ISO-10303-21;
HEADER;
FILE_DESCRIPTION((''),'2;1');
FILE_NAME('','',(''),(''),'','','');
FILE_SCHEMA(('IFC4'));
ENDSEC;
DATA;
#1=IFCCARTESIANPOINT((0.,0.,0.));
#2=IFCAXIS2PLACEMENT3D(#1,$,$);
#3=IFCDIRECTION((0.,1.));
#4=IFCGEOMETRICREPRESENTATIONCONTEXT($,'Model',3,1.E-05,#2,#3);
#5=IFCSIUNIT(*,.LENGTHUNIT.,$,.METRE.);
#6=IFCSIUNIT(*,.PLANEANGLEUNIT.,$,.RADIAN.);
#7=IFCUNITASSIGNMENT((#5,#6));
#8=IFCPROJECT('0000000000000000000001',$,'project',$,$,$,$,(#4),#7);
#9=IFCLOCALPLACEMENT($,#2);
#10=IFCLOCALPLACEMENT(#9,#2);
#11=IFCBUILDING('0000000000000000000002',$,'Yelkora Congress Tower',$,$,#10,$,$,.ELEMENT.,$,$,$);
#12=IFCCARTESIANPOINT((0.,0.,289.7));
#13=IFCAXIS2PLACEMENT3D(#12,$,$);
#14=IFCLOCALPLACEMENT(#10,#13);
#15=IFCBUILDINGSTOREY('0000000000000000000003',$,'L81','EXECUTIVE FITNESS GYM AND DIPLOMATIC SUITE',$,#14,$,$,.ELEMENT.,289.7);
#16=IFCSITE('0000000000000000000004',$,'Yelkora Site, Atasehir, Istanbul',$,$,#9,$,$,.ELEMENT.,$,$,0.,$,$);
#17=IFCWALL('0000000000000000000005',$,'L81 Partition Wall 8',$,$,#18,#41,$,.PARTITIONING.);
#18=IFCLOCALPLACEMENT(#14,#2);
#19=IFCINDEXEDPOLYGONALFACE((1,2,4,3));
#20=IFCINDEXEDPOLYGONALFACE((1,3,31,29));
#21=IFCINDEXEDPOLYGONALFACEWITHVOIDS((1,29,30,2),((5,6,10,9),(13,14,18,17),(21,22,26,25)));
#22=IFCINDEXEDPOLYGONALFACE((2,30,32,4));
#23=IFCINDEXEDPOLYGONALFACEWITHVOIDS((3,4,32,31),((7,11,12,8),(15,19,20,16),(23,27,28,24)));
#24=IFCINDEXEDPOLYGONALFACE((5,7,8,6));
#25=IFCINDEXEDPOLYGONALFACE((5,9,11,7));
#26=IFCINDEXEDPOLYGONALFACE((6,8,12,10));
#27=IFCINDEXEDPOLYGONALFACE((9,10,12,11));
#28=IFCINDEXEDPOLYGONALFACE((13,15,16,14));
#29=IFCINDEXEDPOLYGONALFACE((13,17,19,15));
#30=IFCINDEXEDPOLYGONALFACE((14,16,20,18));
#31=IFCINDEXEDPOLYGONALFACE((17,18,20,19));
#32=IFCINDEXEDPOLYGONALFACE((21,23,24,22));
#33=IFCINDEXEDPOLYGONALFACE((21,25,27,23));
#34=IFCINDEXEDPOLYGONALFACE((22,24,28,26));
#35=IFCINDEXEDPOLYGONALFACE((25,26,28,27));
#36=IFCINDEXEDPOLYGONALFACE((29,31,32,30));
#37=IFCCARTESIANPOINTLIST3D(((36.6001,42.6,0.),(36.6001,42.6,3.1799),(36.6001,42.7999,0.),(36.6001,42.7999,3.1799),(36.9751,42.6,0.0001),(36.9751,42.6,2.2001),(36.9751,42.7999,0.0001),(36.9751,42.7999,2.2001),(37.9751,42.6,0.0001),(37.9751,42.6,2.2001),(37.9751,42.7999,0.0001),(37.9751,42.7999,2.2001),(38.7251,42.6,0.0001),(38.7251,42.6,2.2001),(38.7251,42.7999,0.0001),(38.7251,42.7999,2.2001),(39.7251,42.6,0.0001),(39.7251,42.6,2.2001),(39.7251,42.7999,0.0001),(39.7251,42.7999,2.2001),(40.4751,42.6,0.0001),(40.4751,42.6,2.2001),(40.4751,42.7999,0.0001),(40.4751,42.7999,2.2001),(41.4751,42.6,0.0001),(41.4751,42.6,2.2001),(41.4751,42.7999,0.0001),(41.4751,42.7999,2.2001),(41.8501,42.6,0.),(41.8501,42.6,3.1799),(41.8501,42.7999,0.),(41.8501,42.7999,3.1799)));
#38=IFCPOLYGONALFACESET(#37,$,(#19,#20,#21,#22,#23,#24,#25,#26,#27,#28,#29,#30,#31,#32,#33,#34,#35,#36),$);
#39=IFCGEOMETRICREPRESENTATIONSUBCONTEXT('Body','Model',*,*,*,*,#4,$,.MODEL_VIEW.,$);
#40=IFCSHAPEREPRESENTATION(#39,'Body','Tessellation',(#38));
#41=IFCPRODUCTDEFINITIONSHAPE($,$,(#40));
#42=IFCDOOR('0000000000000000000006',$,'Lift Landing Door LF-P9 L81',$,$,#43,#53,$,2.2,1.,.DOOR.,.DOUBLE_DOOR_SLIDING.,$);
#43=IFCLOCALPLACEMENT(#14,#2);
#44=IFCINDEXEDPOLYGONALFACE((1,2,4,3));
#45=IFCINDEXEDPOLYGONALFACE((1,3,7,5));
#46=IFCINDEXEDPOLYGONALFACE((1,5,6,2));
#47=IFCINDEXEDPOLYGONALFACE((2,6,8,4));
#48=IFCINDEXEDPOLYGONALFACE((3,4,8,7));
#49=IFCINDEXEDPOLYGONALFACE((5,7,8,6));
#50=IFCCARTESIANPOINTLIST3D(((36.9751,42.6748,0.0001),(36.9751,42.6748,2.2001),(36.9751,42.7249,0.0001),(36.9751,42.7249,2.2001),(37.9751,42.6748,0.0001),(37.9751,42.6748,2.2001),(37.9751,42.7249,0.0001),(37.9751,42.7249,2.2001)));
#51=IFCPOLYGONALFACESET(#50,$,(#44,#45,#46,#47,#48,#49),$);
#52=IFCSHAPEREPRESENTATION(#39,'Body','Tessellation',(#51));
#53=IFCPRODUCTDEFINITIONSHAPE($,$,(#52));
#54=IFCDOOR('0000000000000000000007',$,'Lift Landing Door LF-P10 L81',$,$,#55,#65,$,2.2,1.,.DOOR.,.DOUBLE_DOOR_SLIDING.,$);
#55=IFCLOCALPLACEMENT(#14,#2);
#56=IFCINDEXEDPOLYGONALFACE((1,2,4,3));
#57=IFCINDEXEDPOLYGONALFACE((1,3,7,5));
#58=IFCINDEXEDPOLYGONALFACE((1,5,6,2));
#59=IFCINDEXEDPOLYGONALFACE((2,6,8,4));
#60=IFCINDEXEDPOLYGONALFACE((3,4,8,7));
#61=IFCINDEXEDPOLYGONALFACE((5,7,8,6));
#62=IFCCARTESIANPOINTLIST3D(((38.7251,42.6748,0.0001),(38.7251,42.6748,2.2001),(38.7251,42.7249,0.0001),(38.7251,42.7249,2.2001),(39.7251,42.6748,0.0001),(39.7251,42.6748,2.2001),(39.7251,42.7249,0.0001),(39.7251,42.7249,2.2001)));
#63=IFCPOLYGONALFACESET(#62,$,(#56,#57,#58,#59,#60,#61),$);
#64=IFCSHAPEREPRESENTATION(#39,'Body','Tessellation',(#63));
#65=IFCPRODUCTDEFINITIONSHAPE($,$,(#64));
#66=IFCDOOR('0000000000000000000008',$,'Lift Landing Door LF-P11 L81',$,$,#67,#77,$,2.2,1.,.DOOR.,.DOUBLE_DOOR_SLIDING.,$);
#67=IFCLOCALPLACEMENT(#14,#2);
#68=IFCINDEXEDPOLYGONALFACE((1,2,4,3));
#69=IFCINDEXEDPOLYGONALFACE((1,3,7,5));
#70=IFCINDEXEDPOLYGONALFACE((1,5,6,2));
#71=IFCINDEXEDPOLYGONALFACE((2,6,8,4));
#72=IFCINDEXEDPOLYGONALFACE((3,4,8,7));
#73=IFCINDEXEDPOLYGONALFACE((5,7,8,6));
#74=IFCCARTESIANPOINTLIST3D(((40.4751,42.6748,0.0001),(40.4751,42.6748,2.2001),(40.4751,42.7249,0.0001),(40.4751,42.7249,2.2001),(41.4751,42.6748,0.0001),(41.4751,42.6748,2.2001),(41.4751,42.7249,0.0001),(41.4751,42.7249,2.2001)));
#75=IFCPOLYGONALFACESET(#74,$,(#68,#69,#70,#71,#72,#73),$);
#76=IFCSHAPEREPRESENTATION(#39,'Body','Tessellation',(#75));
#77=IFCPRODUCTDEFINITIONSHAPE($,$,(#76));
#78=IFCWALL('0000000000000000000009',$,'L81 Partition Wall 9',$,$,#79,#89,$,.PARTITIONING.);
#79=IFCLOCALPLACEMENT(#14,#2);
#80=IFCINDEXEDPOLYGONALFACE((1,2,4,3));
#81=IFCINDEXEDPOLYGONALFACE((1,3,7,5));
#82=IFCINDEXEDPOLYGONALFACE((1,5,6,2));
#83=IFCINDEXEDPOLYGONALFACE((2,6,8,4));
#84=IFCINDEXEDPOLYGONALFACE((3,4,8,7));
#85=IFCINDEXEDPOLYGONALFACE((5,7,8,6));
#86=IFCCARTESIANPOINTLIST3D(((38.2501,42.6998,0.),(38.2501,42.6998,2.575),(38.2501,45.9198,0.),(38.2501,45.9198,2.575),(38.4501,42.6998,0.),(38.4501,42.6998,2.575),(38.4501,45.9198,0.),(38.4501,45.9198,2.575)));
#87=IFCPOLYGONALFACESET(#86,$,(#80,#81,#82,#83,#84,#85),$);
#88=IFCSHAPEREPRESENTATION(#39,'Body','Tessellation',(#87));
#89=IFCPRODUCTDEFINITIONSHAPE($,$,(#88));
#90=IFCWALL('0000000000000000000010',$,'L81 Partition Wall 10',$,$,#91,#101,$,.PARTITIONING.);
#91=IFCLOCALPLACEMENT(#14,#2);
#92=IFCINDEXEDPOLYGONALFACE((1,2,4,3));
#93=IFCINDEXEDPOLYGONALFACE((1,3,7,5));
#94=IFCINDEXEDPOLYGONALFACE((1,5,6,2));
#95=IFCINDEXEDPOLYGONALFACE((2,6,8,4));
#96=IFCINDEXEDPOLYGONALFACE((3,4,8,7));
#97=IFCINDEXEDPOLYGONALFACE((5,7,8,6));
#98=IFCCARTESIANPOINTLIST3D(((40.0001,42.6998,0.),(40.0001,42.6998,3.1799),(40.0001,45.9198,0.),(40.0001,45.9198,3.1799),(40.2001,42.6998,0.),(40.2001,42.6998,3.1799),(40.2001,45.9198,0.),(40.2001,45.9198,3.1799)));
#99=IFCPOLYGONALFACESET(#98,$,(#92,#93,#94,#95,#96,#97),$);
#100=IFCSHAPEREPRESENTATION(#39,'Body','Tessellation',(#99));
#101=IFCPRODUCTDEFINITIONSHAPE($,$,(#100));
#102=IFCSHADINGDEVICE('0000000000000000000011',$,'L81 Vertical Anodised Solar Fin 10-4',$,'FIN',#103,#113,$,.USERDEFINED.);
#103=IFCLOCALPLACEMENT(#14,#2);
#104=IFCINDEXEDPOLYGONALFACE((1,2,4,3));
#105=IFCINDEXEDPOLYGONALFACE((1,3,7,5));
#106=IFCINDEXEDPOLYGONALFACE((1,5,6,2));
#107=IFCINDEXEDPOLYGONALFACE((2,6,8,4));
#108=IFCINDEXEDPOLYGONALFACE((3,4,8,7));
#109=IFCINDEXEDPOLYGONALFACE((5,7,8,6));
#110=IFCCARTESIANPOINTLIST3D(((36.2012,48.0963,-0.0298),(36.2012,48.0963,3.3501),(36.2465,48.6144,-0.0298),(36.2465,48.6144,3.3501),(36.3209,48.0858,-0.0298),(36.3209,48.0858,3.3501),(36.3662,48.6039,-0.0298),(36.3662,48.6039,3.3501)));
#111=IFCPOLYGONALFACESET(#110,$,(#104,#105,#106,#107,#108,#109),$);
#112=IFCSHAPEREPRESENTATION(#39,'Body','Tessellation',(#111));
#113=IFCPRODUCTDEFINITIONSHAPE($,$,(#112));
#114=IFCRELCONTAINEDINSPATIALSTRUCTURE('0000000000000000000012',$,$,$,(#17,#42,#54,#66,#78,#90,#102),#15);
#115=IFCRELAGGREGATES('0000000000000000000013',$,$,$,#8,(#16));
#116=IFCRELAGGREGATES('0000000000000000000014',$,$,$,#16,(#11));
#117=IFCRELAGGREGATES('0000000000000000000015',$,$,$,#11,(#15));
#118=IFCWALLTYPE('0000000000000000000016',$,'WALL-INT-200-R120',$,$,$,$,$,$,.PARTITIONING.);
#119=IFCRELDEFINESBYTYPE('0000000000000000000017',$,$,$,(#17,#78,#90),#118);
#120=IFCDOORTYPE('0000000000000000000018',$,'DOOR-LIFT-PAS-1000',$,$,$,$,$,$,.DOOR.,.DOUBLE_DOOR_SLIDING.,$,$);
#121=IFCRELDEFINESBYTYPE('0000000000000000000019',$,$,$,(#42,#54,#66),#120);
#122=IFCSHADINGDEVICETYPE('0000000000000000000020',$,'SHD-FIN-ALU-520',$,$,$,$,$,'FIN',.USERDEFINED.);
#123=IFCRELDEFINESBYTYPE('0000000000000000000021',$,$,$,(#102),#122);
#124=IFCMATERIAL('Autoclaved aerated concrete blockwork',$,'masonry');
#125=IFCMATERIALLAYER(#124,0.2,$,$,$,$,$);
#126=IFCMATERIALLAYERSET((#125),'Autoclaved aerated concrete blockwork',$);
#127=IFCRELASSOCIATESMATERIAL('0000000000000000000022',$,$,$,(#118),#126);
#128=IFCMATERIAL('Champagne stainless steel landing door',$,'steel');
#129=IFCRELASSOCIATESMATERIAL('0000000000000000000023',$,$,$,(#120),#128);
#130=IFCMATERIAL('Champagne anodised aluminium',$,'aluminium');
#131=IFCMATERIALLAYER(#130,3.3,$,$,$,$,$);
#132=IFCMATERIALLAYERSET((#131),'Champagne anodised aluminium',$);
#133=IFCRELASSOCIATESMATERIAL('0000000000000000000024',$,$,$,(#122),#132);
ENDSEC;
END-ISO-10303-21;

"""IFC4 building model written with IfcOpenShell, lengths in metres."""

from ifc_helpers import new_model, si_unit, direction, frame, frame_2d, origin, origin_2d, place, context, subcontext, project, spatial, rectangle, extrude, material, layer, layer_set, type_object, element, fill, save


model = new_model("IFC4")

# Units and contexts
model_context = context("Model", 3, precision=1e-05, world=origin(), true_north=direction((0.0, 1.0)))
body_context = subcontext(model_context, "Body", "Model", "MODEL_VIEW")
ifc_project = project(units=[si_unit("LENGTHUNIT", "METRE"), si_unit("PLANEANGLEUNIT", "RADIAN")], contexts=[model_context])

# Site, building, storey
site_placement = place(None, origin())
site = spatial("IfcSite", under=ifc_project, at=site_placement, Name="Yelkora Site, Atasehir, Istanbul", CompositionType="ELEMENT", RefElevation=0.0)
building_placement = place(site_placement, origin())
building = spatial("IfcBuilding", under=site, at=building_placement, Name="Yelkora Congress Tower", CompositionType="ELEMENT")
storey_placement = place(building_placement, frame((0.0, 0.0, 289.7)))
storey = spatial("IfcBuildingStorey", under=building, at=storey_placement, Name="L81", Description="EXECUTIVE FITNESS GYM AND DIPLOMATIC SUITE", CompositionType="ELEMENT", Elevation=289.7)

# Wall, openings, doors
ifc_material_1 = material(Name="Autoclaved aerated concrete blockwork", Category="masonry")
ifc_layer_1 = layer(ifc_material_1, 0.2)
ifc_layer_set_1 = layer_set([ifc_layer_1], Name="Autoclaved aerated concrete blockwork")
wall_type_1 = type_object("IfcWallType", Name="WALL-INT-200-R120", PredefinedType="PARTITIONING", material=ifc_layer_set_1)
wall_1_placement = place(storey_placement, frame((36.6001, 42.7, 0.0), z_axis=(0.0, 0.0, 1.0), x_axis=(1.0, 0.0, 0.0)))
wall_1 = element("IfcWall", 1, at=wall_1_placement, inside=storey, type_object=wall_type_1, Name="L81 Partition Wall 8", PredefinedType="PARTITIONING", context=body_context, shape_type="SweptSolid", body=[
    extrude(rectangle(XDim=5.25, YDim=0.2, at=frame_2d((2.625, 0.0))), origin(), (0.0, 0.0, 1.0), 3.1799),
])
opening_1_placement = place(wall_1_placement, frame((0.375, 0.0, 0.0)))
opening_1 = element("IfcOpeningElement", 2, at=opening_1_placement, cuts=wall_1, PredefinedType="OPENING", context=body_context, shape_type="SweptSolid", body=[
    extrude(rectangle(XDim=1.0, YDim=2.2, at=frame_2d((0.5, 1.1001))), frame((0.0, 0.1099, 0.0), z_axis=(0.0, -1.0, 0.0), x_axis=(1.0, 0.0, 0.0)), (0.0, 0.0, 1.0), 0.22),
])
opening_2_placement = place(wall_1_placement, frame((2.125, 0.0, 0.0)))
opening_2 = element("IfcOpeningElement", 3, at=opening_2_placement, cuts=wall_1, PredefinedType="OPENING", context=body_context, shape_type="SweptSolid", body=[
    extrude(rectangle(XDim=1.0, YDim=2.2, at=frame_2d((0.5, 1.1001))), frame((0.0, 0.1099, 0.0), z_axis=(0.0, -1.0, 0.0), x_axis=(1.0, 0.0, 0.0)), (0.0, 0.0, 1.0), 0.22),
])
opening_3_placement = place(wall_1_placement, frame((3.875, 0.0, 0.0)))
opening_3 = element("IfcOpeningElement", 4, at=opening_3_placement, cuts=wall_1, PredefinedType="OPENING", context=body_context, shape_type="SweptSolid", body=[
    extrude(rectangle(XDim=1.0, YDim=2.2, at=frame_2d((0.5, 1.1001))), frame((0.0, 0.1099, 0.0), z_axis=(0.0, -1.0, 0.0), x_axis=(1.0, 0.0, 0.0)), (0.0, 0.0, 1.0), 0.22),
])
ifc_material_2 = material(Name="Champagne stainless steel landing door", Category="steel")
door_type_1 = type_object("IfcDoorType", Name="DOOR-LIFT-PAS-1000", OperationType="DOUBLE_DOOR_SLIDING", PredefinedType="DOOR", material=ifc_material_2)
door_1_placement = place(opening_1_placement, origin())
door_1 = element("IfcDoor", 5, at=door_1_placement, inside=storey, type_object=door_type_1, Name="Lift Landing Door LF-P9 L81", OperationType="DOUBLE_DOOR_SLIDING", OverallHeight=2.2, OverallWidth=1.0, PredefinedType="DOOR", context=body_context, shape_type="SweptSolid", body=[
    extrude(rectangle(XDim=1.0, YDim=2.2, at=frame_2d((0.5, 1.1001))), frame((0.0, 0.0249, 0.0), z_axis=(0.0, -1.0, 0.0), x_axis=(1.0, 0.0, 0.0)), (0.0, 0.0, 1.0), 0.05),
])
fill(opening_1, door_1)
door_2_placement = place(opening_2_placement, origin())
door_2 = element("IfcDoor", 6, at=door_2_placement, inside=storey, type_object=door_type_1, Name="Lift Landing Door LF-P10 L81", OperationType="DOUBLE_DOOR_SLIDING", OverallHeight=2.2, OverallWidth=1.0, PredefinedType="DOOR", context=body_context, shape_type="SweptSolid", body=[
    extrude(rectangle(XDim=1.0, YDim=2.2, at=frame_2d((0.5, 1.1001))), frame((0.0, 0.0249, 0.0), z_axis=(0.0, -1.0, 0.0), x_axis=(1.0, 0.0, 0.0)), (0.0, 0.0, 1.0), 0.05),
])
fill(opening_2, door_2)
door_3_placement = place(opening_3_placement, origin())
door_3 = element("IfcDoor", 7, at=door_3_placement, inside=storey, type_object=door_type_1, Name="Lift Landing Door LF-P11 L81", OperationType="DOUBLE_DOOR_SLIDING", OverallHeight=2.2, OverallWidth=1.0, PredefinedType="DOOR", context=body_context, shape_type="SweptSolid", body=[
    extrude(rectangle(XDim=1.0, YDim=2.2, at=frame_2d((0.5, 1.1001))), frame((0.0, 0.0249, 0.0), z_axis=(0.0, -1.0, 0.0), x_axis=(1.0, 0.0, 0.0)), (0.0, 0.0, 1.0), 0.05),
])
fill(opening_3, door_3)

# Walls
wall_2_placement = place(storey_placement, frame((38.3501, 42.7, 0.0), z_axis=(0.0, 0.0, 1.0), x_axis=(0.0, 1.0, 0.0)))
element("IfcWall", 8, at=wall_2_placement, inside=storey, type_object=wall_type_1, Name="L81 Partition Wall 9", PredefinedType="PARTITIONING", context=body_context, shape_type="SweptSolid", body=[
    extrude(rectangle(XDim=3.22, YDim=0.2, at=frame_2d((1.6099, 0.0))), origin(), (0.0, 0.0, 1.0), 2.575),
])
wall_3_placement = place(storey_placement, frame((40.1001, 42.7, 0.0), z_axis=(0.0, 0.0, 1.0), x_axis=(0.0, 1.0, 0.0)))
element("IfcWall", 9, at=wall_3_placement, inside=storey, type_object=wall_type_1, Name="L81 Partition Wall 10", PredefinedType="PARTITIONING", context=body_context, shape_type="SweptSolid", body=[
    extrude(rectangle(XDim=3.22, YDim=0.2, at=frame_2d((1.6099, 0.0))), origin(), (0.0, 0.0, 1.0), 3.1799),
])

# Shading device
ifc_material_3 = material(Name="Champagne anodised aluminium", Category="aluminium")
ifc_layer_2 = layer(ifc_material_3, 3.3)
ifc_layer_set_2 = layer_set([ifc_layer_2], Name="Champagne anodised aluminium")
shading_device_type = type_object("IfcShadingDeviceType", Name="SHD-FIN-ALU-520", ElementType="FIN", PredefinedType="USERDEFINED", material=ifc_layer_set_2)
shading_device_placement = place(storey_placement, frame((36.2837, 48.3501, -0.0298), z_axis=(0.0, 0.0, 1.0), x_axis=(0.996195, -0.087156, 0.0)))
element("IfcShadingDevice", 10, at=shading_device_placement, inside=storey, type_object=shading_device_type, Name="L81 Vertical Anodised Solar Fin 10-4", ObjectType="FIN", PredefinedType="USERDEFINED", context=body_context, shape_type="SweptSolid", body=[
    extrude(rectangle(XDim=0.1201, YDim=0.52, at=origin_2d()), origin(), (0.0, 0.0, 1.0), 3.3799),
])

save(model, "model.ifc")
